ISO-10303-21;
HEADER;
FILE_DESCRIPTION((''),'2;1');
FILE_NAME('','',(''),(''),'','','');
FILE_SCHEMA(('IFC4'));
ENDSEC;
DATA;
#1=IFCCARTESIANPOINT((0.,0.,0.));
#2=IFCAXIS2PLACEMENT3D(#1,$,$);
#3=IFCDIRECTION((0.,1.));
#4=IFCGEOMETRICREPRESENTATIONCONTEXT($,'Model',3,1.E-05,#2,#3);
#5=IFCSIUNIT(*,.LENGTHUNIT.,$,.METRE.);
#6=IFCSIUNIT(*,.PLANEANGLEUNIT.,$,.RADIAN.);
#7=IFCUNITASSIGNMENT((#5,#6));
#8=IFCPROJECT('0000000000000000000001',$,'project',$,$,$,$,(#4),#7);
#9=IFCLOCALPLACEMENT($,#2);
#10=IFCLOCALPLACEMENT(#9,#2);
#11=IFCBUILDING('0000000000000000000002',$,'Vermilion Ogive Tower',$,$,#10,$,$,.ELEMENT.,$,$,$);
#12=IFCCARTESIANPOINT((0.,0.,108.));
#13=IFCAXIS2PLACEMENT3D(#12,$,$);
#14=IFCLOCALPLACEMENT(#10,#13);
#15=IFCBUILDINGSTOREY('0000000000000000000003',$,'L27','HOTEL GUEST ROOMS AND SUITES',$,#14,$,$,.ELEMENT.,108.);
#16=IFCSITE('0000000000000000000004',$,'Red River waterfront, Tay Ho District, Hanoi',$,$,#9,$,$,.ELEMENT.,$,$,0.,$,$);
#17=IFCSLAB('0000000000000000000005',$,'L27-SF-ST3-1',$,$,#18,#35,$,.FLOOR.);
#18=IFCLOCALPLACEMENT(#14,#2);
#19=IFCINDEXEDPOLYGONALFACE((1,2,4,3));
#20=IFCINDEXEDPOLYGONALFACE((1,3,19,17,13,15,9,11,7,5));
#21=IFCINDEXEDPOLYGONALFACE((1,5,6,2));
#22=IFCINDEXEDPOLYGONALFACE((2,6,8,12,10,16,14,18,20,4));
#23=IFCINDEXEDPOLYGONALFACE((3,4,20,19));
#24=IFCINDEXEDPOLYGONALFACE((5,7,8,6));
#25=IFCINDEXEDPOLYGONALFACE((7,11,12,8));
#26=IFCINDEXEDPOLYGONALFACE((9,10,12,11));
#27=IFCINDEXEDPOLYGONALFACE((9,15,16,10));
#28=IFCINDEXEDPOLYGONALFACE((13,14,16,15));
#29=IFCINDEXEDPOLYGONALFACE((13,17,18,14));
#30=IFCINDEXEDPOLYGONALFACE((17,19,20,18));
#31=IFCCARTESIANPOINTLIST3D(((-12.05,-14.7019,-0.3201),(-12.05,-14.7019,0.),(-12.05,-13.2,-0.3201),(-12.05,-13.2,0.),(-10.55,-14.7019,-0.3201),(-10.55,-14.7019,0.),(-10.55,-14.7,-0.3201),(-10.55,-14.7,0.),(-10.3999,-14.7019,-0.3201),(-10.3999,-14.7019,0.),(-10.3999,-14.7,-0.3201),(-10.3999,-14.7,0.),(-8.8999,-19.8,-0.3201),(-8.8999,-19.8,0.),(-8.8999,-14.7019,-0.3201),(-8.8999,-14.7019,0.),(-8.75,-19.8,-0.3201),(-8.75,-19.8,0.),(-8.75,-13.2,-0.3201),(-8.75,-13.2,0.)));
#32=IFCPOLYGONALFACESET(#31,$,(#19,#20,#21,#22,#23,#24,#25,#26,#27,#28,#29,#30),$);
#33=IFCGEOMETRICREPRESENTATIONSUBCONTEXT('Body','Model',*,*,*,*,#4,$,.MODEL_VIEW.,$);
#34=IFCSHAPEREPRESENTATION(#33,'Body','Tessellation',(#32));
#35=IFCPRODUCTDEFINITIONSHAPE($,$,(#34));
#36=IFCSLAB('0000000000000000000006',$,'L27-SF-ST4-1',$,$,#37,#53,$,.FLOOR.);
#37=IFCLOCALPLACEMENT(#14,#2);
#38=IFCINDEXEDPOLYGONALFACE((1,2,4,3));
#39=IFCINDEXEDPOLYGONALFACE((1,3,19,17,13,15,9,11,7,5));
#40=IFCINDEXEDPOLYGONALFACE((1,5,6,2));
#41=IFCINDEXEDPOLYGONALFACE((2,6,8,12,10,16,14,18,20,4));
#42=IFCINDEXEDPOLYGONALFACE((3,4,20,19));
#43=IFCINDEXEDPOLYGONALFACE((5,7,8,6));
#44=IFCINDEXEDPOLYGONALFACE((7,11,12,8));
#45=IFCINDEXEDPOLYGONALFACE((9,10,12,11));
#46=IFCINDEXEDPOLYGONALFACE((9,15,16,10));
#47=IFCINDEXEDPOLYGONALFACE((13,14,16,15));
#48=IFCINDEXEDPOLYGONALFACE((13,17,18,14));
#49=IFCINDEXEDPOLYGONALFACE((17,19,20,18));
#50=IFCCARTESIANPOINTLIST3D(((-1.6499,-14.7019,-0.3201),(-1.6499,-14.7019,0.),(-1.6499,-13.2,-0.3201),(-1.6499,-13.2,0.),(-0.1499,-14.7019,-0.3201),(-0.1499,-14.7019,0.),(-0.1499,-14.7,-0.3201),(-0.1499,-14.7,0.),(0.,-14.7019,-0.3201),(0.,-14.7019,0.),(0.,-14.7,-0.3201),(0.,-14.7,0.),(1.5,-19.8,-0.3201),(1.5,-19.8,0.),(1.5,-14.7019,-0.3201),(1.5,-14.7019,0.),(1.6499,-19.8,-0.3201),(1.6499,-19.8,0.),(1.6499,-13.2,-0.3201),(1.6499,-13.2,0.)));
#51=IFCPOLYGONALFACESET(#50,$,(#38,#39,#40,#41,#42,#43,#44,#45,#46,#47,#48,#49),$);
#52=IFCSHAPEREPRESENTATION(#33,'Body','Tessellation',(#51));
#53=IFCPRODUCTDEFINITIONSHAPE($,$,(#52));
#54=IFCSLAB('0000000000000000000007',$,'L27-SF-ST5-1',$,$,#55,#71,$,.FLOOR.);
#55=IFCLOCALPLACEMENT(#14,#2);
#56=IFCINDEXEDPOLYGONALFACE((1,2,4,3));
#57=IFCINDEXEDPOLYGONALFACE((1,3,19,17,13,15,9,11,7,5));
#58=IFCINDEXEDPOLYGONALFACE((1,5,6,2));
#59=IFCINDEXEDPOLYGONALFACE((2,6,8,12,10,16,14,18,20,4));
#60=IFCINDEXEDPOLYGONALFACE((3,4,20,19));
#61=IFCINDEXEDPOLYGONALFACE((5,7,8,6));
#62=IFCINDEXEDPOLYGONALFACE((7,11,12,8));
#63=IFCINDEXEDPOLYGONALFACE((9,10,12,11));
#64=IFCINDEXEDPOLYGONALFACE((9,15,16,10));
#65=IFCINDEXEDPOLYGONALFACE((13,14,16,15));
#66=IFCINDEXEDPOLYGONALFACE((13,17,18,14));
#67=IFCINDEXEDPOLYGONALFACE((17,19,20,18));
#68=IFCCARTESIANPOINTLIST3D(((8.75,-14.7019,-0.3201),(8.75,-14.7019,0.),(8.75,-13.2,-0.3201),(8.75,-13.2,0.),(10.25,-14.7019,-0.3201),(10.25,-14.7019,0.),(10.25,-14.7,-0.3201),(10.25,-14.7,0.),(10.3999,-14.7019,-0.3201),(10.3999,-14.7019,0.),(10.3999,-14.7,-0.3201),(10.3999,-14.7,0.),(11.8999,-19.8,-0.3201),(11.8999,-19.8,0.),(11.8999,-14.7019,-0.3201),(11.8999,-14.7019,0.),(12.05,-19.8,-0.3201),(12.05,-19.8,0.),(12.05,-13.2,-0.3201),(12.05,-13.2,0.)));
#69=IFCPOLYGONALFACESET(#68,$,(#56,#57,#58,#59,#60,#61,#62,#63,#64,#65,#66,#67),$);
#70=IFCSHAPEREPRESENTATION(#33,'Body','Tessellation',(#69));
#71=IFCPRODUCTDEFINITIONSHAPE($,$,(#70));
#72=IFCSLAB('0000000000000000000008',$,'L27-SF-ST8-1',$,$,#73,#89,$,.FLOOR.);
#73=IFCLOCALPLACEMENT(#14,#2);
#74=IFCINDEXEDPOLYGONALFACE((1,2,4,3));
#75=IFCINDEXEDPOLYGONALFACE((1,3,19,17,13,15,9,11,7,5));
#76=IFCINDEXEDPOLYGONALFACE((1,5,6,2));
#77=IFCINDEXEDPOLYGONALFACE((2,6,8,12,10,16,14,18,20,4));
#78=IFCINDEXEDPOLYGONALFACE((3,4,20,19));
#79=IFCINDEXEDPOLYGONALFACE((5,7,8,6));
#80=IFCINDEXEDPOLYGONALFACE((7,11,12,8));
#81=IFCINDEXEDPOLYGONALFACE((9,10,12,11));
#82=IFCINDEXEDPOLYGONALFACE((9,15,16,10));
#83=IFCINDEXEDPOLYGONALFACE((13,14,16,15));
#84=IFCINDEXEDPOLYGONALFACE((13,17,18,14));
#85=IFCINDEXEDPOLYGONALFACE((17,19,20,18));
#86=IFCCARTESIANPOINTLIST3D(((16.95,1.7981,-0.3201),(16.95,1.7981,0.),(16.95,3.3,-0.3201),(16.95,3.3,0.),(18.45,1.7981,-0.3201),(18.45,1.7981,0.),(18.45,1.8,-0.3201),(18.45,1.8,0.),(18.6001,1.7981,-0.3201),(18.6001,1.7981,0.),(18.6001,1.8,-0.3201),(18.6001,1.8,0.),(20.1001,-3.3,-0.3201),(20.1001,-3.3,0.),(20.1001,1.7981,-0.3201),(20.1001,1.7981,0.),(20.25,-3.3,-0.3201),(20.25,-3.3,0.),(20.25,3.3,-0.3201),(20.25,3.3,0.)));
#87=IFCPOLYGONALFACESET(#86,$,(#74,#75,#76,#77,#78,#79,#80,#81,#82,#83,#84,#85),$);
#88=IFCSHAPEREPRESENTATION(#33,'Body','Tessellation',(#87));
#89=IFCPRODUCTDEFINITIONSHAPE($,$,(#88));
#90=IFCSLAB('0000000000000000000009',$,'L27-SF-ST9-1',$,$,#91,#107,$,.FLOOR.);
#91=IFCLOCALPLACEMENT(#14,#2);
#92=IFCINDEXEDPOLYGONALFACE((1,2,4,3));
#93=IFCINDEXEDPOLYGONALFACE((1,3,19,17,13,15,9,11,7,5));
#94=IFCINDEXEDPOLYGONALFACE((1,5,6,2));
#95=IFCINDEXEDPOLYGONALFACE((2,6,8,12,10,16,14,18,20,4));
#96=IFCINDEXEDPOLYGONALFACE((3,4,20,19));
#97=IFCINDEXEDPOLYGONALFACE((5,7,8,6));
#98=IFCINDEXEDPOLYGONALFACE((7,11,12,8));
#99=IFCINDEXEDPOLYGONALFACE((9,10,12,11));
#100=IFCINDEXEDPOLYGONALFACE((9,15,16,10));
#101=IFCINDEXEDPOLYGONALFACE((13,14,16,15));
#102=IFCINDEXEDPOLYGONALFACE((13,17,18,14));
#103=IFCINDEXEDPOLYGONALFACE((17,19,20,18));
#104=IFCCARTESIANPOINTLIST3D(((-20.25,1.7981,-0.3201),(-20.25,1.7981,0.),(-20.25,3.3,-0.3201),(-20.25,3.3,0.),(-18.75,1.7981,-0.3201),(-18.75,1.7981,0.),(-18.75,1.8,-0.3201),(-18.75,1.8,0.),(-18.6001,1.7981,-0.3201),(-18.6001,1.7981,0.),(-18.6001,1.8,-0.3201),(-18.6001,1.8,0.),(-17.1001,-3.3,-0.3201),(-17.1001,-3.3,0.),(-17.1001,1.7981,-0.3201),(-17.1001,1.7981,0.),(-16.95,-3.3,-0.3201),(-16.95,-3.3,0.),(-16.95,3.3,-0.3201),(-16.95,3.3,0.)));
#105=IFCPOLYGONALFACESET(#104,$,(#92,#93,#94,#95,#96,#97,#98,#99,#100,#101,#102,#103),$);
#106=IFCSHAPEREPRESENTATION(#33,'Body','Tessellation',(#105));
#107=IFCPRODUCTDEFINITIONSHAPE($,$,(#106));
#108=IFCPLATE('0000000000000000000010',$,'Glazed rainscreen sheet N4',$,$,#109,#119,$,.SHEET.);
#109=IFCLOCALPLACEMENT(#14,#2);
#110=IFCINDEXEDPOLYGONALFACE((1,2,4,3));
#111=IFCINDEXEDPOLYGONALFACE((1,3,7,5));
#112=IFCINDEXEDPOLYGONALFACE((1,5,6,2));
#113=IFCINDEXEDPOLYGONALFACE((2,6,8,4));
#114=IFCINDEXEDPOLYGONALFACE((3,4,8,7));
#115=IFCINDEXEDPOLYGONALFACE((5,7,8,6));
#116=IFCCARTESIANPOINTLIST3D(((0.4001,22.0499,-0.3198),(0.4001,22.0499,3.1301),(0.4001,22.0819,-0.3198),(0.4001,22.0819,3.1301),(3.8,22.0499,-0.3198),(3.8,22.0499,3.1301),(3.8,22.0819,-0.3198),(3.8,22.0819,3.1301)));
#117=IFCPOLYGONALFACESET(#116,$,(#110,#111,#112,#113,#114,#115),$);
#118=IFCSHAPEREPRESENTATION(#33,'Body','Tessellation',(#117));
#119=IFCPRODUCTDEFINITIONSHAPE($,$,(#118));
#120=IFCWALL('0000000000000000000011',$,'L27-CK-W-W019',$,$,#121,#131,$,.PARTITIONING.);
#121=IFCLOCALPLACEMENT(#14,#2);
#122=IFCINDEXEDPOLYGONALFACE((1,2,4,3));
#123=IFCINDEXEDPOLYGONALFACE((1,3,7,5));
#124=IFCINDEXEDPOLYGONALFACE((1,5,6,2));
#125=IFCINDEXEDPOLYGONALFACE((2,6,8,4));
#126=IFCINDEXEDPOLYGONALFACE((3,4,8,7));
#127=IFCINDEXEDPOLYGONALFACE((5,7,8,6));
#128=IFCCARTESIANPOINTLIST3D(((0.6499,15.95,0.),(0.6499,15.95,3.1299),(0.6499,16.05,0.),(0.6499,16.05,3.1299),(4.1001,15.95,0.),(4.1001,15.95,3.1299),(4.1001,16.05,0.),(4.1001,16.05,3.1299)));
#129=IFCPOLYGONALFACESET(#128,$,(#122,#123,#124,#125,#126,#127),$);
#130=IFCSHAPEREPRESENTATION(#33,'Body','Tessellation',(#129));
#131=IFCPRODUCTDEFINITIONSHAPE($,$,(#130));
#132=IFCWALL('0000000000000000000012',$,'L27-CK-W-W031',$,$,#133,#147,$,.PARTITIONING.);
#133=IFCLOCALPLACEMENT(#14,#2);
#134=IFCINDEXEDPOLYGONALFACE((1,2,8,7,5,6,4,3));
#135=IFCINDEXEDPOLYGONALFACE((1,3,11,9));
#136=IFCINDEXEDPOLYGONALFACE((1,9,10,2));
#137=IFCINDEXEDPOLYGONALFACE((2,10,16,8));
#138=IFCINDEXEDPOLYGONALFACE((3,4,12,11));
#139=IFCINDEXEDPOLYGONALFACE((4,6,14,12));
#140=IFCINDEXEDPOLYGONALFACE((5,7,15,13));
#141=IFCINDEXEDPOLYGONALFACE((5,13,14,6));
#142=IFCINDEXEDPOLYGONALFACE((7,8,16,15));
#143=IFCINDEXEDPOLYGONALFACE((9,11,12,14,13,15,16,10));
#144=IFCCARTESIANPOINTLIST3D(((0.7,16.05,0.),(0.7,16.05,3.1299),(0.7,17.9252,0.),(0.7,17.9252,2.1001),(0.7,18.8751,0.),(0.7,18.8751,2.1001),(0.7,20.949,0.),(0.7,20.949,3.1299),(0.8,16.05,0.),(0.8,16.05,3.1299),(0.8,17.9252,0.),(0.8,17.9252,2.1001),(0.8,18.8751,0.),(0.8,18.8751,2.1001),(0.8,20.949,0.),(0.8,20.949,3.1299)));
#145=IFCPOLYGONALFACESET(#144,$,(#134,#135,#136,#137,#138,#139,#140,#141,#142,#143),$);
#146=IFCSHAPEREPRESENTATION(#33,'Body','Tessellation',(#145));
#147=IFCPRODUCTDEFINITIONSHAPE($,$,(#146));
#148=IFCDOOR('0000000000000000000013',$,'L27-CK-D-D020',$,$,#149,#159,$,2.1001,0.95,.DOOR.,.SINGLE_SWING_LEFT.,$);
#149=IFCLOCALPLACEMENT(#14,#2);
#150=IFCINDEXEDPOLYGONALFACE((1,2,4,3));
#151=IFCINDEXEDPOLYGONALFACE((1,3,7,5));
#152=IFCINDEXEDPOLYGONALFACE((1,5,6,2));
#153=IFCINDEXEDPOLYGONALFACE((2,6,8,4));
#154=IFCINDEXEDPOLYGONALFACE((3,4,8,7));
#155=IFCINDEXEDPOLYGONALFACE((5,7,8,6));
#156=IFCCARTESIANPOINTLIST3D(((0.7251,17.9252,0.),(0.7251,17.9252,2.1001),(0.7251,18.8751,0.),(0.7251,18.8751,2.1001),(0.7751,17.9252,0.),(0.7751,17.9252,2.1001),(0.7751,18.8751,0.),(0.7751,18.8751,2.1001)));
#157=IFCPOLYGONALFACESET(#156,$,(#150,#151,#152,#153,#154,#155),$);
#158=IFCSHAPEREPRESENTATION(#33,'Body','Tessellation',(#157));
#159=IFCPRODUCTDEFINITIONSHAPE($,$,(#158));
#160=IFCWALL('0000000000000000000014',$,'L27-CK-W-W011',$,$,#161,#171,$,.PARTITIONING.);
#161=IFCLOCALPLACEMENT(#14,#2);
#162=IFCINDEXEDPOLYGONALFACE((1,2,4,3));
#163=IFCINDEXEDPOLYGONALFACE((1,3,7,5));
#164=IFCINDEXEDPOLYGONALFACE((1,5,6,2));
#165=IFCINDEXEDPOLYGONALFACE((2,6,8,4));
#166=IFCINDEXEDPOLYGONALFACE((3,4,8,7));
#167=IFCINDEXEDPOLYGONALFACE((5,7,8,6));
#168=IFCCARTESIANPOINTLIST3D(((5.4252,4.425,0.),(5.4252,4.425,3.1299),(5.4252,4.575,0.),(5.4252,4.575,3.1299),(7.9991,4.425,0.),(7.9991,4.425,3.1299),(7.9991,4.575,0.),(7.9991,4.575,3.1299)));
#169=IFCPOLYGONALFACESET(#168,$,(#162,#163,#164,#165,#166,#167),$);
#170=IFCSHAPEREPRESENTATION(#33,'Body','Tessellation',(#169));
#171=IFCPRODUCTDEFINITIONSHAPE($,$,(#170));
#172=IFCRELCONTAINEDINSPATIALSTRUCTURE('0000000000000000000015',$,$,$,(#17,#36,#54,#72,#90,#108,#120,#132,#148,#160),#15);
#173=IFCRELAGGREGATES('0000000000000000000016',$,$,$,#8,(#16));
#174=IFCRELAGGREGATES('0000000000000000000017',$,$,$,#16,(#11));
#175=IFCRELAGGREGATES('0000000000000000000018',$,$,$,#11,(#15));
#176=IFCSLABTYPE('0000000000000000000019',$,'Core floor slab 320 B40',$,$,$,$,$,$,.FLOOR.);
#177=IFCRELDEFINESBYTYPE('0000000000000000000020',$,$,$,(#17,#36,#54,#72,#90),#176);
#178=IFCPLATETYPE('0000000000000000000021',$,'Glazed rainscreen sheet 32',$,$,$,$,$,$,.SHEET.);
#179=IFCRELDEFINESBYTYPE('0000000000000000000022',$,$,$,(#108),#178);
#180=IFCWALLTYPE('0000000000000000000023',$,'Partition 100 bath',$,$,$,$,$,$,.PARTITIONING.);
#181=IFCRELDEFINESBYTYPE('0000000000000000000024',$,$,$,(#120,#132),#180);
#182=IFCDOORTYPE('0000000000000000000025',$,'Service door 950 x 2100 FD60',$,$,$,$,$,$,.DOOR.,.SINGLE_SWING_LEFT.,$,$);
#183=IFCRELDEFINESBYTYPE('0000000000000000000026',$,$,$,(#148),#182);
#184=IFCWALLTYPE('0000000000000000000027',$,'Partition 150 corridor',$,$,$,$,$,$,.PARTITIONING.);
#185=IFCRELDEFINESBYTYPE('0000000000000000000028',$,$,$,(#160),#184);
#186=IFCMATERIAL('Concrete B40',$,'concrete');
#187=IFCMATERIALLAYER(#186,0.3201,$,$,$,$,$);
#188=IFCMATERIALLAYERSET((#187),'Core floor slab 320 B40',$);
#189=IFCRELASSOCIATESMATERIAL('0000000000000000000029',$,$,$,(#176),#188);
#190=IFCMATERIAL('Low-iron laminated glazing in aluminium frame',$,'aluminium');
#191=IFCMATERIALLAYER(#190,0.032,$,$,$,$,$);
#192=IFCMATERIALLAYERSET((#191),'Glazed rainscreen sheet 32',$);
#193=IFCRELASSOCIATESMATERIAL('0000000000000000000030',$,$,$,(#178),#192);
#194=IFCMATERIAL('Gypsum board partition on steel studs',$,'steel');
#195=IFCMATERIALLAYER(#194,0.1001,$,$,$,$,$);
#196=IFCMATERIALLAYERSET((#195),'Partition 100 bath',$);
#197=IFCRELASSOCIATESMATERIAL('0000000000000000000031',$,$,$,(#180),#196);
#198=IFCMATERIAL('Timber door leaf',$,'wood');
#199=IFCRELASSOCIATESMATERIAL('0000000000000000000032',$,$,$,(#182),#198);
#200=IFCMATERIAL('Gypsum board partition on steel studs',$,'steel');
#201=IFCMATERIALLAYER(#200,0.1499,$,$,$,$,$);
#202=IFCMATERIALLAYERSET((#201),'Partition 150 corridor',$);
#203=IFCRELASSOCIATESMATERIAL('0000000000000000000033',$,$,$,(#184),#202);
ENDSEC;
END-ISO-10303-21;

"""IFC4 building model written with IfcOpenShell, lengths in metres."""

from ifc_helpers import new_model, si_unit, direction, frame, frame_2d, origin, origin_2d, place, context, subcontext, project, spatial, polyline, rectangle, outline, extrude, material, layer, layer_set, type_object, element, fill, save


model = new_model("IFC4")

# Units and contexts
model_context = context("Model", 3, precision=1e-05, world=origin(), true_north=direction((0.0, 1.0)))
body_context = subcontext(model_context, "Body", "Model", "MODEL_VIEW")
ifc_project = project(units=[si_unit("LENGTHUNIT", "METRE"), si_unit("PLANEANGLEUNIT", "RADIAN")], contexts=[model_context])

# Site, building, storey
site_placement = place(None, origin())
site = spatial("IfcSite", under=ifc_project, at=site_placement, Name="Red River waterfront, Tay Ho District, Hanoi", CompositionType="ELEMENT", RefElevation=0.0)
building_placement = place(site_placement, origin())
building = spatial("IfcBuilding", under=site, at=building_placement, Name="Vermilion Ogive Tower", CompositionType="ELEMENT")
storey_placement = place(building_placement, frame((0.0, 0.0, 108.0)))
storey = spatial("IfcBuildingStorey", under=building, at=storey_placement, Name="L27", Description="HOTEL GUEST ROOMS AND SUITES", CompositionType="ELEMENT", Elevation=108.0)

# Slabs
ifc_material_1 = material(Name="Concrete B40", Category="concrete")
ifc_layer_1 = layer(ifc_material_1, 0.3201)
ifc_layer_set_1 = layer_set([ifc_layer_1], Name="Core floor slab 320 B40")
slab_type = type_object("IfcSlabType", Name="Core floor slab 320 B40", PredefinedType="FLOOR", material=ifc_layer_set_1)
slab_1_placement = place(storey_placement, frame((0.0, 0.0, -0.3201)))
element("IfcSlab", 1, at=slab_1_placement, inside=storey, type_object=slab_type, Name="L27-SF-ST3-1", PredefinedType="FLOOR", context=body_context, shape_type="SweptSolid", body=[
    extrude(outline(polyline([(-12.05, -13.2), (-12.05, -14.7019), (-10.55, -14.7019), (-10.55, -14.7), (-10.3999, -14.7), (-10.3999, -14.7019), (-8.8999, -14.7019), (-8.8999, -19.8), (-8.75, -19.8), (-8.75, -13.2), (-12.05, -13.2)])), origin(), (0.0, 0.0, 1.0), 0.3201),
])
slab_2_placement = place(storey_placement, frame((0.0, 0.0, -0.3201)))
element("IfcSlab", 2, at=slab_2_placement, inside=storey, type_object=slab_type, Name="L27-SF-ST4-1", PredefinedType="FLOOR", context=body_context, shape_type="SweptSolid", body=[
    extrude(outline(polyline([(-1.6499, -13.2), (-1.6499, -14.7019), (-0.1499, -14.7019), (-0.1499, -14.7), (0.0, -14.7), (0.0, -14.7019), (1.5, -14.7019), (1.5, -19.8), (1.6499, -19.8), (1.6499, -13.2), (-1.6499, -13.2)])), origin(), (0.0, 0.0, 1.0), 0.3201),
])
slab_3_placement = place(storey_placement, frame((0.0, 0.0, -0.3201)))
element("IfcSlab", 3, at=slab_3_placement, inside=storey, type_object=slab_type, Name="L27-SF-ST5-1", PredefinedType="FLOOR", context=body_context, shape_type="SweptSolid", body=[
    extrude(outline(polyline([(8.75, -13.2), (8.75, -14.7019), (10.25, -14.7019), (10.25, -14.7), (10.3999, -14.7), (10.3999, -14.7019), (11.8999, -14.7019), (11.8999, -19.8), (12.05, -19.8), (12.05, -13.2), (8.75, -13.2)])), origin(), (0.0, 0.0, 1.0), 0.3201),
])
slab_4_placement = place(storey_placement, frame((0.0, 0.0, -0.3201)))
element("IfcSlab", 4, at=slab_4_placement, inside=storey, type_object=slab_type, Name="L27-SF-ST8-1", PredefinedType="FLOOR", context=body_context, shape_type="SweptSolid", body=[
    extrude(outline(polyline([(16.95, 3.3), (16.95, 1.7981), (18.45, 1.7981), (18.45, 1.8), (18.6001, 1.8), (18.6001, 1.7981), (20.1001, 1.7981), (20.1001, -3.3), (20.25, -3.3), (20.25, 3.3), (16.95, 3.3)])), origin(), (0.0, 0.0, 1.0), 0.3201),
])
slab_5_placement = place(storey_placement, frame((0.0, 0.0, -0.3201)))
element("IfcSlab", 5, at=slab_5_placement, inside=storey, type_object=slab_type, Name="L27-SF-ST9-1", PredefinedType="FLOOR", context=body_context, shape_type="SweptSolid", body=[
    extrude(outline(polyline([(-20.25, 3.3), (-20.25, 1.7981), (-18.75, 1.7981), (-18.75, 1.8), (-18.6001, 1.8), (-18.6001, 1.7981), (-17.1001, 1.7981), (-17.1001, -3.3), (-16.95, -3.3), (-16.95, 3.3), (-20.25, 3.3)])), origin(), (0.0, 0.0, 1.0), 0.3201),
])

# Plate
ifc_material_2 = material(Name="Low-iron laminated glazing in aluminium frame", Category="aluminium")
ifc_layer_2 = layer(ifc_material_2, 0.032)
ifc_layer_set_2 = layer_set([ifc_layer_2], Name="Glazed rainscreen sheet 32")
plate_type = type_object("IfcPlateType", Name="Glazed rainscreen sheet 32", PredefinedType="SHEET", material=ifc_layer_set_2)
plate_placement = place(storey_placement, frame((2.1001, 22.0659, -0.3198), z_axis=(0.0, 0.0, 1.0), x_axis=(1.0, 0.0, 0.0)))
element("IfcPlate", 6, at=plate_placement, inside=storey, type_object=plate_type, Name="Glazed rainscreen sheet N4", PredefinedType="SHEET", context=body_context, shape_type="SweptSolid", body=[
    extrude(rectangle(XDim=3.3999, YDim=0.032, at=origin_2d()), origin(), (0.0, 0.0, 1.0), 3.45),
])

# Wall
ifc_material_3 = material(Name="Gypsum board partition on steel studs", Category="steel")
ifc_layer_3 = layer(ifc_material_3, 0.1001)
ifc_layer_set_3 = layer_set([ifc_layer_3], Name="Partition 100 bath")
wall_type_1 = type_object("IfcWallType", Name="Partition 100 bath", PredefinedType="PARTITIONING", material=ifc_layer_set_3)
wall_1_placement = place(storey_placement, frame((0.6499, 16.0, 0.0), z_axis=(0.0, 0.0, 1.0), x_axis=(1.0, 0.0, 0.0)))
element("IfcWall", 7, at=wall_1_placement, inside=storey, type_object=wall_type_1, Name="L27-CK-W-W019", PredefinedType="PARTITIONING", context=body_context, shape_type="SweptSolid", body=[
    extrude(rectangle(XDim=3.4502, YDim=0.1001, at=frame_2d((1.7251, 0.0))), origin(), (0.0, 0.0, 1.0), 3.1299),
])

# Wall, opening, door
wall_2_placement = place(storey_placement, frame((0.75, 16.05, 0.0), z_axis=(0.0, 0.0, 1.0), x_axis=(0.0, 1.0, 0.0)))
wall_2 = element("IfcWall", 8, at=wall_2_placement, inside=storey, type_object=wall_type_1, Name="L27-CK-W-W031", PredefinedType="PARTITIONING", context=body_context, shape_type="SweptSolid", body=[
    extrude(rectangle(XDim=4.8989, YDim=0.1001, at=frame_2d((2.4495, 0.0))), origin(), (0.0, 0.0, 1.0), 3.1299),
])
opening_1_placement = place(wall_2_placement, frame((1.875, 0.0, 0.0)))
opening_1 = element("IfcOpeningElement", 9, at=opening_1_placement, cuts=wall_2, PredefinedType="OPENING", context=body_context, shape_type="SweptSolid", body=[
    extrude(rectangle(XDim=0.95, YDim=2.1001, at=frame_2d((0.4751, 1.05))), frame((0.0, 0.0601, 0.0), z_axis=(0.0, -1.0, 0.0), x_axis=(1.0, 0.0, 0.0)), (0.0, 0.0, 1.0), 0.1201),
])
ifc_material_4 = material(Name="Timber door leaf", Category="wood")
door_type_1 = type_object("IfcDoorType", Name="Service door 950 x 2100 FD60", OperationType="SINGLE_SWING_LEFT", PredefinedType="DOOR", material=ifc_material_4)
door_1_placement = place(opening_1_placement, origin())
door_1 = element("IfcDoor", 10, at=door_1_placement, inside=storey, type_object=door_type_1, Name="L27-CK-D-D020", OperationType="SINGLE_SWING_LEFT", OverallHeight=2.1001, OverallWidth=0.95, PredefinedType="DOOR", context=body_context, shape_type="SweptSolid", body=[
    extrude(rectangle(XDim=0.95, YDim=2.1001, at=frame_2d((0.4751, 1.05))), frame((0.0, 0.0249, 0.0), z_axis=(0.0, -1.0, 0.0), x_axis=(1.0, 0.0, 0.0)), (0.0, 0.0, 1.0), 0.05),
])
fill(opening_1, door_1)

# Wall
ifc_material_5 = material(Name="Gypsum board partition on steel studs", Category="steel")
ifc_layer_4 = layer(ifc_material_5, 0.1499)
ifc_layer_set_4 = layer_set([ifc_layer_4], Name="Partition 150 corridor")
wall_type_2 = type_object("IfcWallType", Name="Partition 150 corridor", PredefinedType="PARTITIONING", material=ifc_layer_set_4)
wall_3_placement = place(storey_placement, frame((5.425, 4.5, 0.0), z_axis=(0.0, 0.0, 1.0), x_axis=(1.0, 0.0, 0.0)))
element("IfcWall", 11, at=wall_3_placement, inside=storey, type_object=wall_type_2, Name="L27-CK-W-W011", PredefinedType="PARTITIONING", context=body_context, shape_type="SweptSolid", body=[
    extrude(rectangle(XDim=2.574, YDim=0.1499, at=frame_2d((1.2871, 0.0))), origin(), (0.0, 0.0, 1.0), 3.1299),
])

save(model, "model.ifc")
